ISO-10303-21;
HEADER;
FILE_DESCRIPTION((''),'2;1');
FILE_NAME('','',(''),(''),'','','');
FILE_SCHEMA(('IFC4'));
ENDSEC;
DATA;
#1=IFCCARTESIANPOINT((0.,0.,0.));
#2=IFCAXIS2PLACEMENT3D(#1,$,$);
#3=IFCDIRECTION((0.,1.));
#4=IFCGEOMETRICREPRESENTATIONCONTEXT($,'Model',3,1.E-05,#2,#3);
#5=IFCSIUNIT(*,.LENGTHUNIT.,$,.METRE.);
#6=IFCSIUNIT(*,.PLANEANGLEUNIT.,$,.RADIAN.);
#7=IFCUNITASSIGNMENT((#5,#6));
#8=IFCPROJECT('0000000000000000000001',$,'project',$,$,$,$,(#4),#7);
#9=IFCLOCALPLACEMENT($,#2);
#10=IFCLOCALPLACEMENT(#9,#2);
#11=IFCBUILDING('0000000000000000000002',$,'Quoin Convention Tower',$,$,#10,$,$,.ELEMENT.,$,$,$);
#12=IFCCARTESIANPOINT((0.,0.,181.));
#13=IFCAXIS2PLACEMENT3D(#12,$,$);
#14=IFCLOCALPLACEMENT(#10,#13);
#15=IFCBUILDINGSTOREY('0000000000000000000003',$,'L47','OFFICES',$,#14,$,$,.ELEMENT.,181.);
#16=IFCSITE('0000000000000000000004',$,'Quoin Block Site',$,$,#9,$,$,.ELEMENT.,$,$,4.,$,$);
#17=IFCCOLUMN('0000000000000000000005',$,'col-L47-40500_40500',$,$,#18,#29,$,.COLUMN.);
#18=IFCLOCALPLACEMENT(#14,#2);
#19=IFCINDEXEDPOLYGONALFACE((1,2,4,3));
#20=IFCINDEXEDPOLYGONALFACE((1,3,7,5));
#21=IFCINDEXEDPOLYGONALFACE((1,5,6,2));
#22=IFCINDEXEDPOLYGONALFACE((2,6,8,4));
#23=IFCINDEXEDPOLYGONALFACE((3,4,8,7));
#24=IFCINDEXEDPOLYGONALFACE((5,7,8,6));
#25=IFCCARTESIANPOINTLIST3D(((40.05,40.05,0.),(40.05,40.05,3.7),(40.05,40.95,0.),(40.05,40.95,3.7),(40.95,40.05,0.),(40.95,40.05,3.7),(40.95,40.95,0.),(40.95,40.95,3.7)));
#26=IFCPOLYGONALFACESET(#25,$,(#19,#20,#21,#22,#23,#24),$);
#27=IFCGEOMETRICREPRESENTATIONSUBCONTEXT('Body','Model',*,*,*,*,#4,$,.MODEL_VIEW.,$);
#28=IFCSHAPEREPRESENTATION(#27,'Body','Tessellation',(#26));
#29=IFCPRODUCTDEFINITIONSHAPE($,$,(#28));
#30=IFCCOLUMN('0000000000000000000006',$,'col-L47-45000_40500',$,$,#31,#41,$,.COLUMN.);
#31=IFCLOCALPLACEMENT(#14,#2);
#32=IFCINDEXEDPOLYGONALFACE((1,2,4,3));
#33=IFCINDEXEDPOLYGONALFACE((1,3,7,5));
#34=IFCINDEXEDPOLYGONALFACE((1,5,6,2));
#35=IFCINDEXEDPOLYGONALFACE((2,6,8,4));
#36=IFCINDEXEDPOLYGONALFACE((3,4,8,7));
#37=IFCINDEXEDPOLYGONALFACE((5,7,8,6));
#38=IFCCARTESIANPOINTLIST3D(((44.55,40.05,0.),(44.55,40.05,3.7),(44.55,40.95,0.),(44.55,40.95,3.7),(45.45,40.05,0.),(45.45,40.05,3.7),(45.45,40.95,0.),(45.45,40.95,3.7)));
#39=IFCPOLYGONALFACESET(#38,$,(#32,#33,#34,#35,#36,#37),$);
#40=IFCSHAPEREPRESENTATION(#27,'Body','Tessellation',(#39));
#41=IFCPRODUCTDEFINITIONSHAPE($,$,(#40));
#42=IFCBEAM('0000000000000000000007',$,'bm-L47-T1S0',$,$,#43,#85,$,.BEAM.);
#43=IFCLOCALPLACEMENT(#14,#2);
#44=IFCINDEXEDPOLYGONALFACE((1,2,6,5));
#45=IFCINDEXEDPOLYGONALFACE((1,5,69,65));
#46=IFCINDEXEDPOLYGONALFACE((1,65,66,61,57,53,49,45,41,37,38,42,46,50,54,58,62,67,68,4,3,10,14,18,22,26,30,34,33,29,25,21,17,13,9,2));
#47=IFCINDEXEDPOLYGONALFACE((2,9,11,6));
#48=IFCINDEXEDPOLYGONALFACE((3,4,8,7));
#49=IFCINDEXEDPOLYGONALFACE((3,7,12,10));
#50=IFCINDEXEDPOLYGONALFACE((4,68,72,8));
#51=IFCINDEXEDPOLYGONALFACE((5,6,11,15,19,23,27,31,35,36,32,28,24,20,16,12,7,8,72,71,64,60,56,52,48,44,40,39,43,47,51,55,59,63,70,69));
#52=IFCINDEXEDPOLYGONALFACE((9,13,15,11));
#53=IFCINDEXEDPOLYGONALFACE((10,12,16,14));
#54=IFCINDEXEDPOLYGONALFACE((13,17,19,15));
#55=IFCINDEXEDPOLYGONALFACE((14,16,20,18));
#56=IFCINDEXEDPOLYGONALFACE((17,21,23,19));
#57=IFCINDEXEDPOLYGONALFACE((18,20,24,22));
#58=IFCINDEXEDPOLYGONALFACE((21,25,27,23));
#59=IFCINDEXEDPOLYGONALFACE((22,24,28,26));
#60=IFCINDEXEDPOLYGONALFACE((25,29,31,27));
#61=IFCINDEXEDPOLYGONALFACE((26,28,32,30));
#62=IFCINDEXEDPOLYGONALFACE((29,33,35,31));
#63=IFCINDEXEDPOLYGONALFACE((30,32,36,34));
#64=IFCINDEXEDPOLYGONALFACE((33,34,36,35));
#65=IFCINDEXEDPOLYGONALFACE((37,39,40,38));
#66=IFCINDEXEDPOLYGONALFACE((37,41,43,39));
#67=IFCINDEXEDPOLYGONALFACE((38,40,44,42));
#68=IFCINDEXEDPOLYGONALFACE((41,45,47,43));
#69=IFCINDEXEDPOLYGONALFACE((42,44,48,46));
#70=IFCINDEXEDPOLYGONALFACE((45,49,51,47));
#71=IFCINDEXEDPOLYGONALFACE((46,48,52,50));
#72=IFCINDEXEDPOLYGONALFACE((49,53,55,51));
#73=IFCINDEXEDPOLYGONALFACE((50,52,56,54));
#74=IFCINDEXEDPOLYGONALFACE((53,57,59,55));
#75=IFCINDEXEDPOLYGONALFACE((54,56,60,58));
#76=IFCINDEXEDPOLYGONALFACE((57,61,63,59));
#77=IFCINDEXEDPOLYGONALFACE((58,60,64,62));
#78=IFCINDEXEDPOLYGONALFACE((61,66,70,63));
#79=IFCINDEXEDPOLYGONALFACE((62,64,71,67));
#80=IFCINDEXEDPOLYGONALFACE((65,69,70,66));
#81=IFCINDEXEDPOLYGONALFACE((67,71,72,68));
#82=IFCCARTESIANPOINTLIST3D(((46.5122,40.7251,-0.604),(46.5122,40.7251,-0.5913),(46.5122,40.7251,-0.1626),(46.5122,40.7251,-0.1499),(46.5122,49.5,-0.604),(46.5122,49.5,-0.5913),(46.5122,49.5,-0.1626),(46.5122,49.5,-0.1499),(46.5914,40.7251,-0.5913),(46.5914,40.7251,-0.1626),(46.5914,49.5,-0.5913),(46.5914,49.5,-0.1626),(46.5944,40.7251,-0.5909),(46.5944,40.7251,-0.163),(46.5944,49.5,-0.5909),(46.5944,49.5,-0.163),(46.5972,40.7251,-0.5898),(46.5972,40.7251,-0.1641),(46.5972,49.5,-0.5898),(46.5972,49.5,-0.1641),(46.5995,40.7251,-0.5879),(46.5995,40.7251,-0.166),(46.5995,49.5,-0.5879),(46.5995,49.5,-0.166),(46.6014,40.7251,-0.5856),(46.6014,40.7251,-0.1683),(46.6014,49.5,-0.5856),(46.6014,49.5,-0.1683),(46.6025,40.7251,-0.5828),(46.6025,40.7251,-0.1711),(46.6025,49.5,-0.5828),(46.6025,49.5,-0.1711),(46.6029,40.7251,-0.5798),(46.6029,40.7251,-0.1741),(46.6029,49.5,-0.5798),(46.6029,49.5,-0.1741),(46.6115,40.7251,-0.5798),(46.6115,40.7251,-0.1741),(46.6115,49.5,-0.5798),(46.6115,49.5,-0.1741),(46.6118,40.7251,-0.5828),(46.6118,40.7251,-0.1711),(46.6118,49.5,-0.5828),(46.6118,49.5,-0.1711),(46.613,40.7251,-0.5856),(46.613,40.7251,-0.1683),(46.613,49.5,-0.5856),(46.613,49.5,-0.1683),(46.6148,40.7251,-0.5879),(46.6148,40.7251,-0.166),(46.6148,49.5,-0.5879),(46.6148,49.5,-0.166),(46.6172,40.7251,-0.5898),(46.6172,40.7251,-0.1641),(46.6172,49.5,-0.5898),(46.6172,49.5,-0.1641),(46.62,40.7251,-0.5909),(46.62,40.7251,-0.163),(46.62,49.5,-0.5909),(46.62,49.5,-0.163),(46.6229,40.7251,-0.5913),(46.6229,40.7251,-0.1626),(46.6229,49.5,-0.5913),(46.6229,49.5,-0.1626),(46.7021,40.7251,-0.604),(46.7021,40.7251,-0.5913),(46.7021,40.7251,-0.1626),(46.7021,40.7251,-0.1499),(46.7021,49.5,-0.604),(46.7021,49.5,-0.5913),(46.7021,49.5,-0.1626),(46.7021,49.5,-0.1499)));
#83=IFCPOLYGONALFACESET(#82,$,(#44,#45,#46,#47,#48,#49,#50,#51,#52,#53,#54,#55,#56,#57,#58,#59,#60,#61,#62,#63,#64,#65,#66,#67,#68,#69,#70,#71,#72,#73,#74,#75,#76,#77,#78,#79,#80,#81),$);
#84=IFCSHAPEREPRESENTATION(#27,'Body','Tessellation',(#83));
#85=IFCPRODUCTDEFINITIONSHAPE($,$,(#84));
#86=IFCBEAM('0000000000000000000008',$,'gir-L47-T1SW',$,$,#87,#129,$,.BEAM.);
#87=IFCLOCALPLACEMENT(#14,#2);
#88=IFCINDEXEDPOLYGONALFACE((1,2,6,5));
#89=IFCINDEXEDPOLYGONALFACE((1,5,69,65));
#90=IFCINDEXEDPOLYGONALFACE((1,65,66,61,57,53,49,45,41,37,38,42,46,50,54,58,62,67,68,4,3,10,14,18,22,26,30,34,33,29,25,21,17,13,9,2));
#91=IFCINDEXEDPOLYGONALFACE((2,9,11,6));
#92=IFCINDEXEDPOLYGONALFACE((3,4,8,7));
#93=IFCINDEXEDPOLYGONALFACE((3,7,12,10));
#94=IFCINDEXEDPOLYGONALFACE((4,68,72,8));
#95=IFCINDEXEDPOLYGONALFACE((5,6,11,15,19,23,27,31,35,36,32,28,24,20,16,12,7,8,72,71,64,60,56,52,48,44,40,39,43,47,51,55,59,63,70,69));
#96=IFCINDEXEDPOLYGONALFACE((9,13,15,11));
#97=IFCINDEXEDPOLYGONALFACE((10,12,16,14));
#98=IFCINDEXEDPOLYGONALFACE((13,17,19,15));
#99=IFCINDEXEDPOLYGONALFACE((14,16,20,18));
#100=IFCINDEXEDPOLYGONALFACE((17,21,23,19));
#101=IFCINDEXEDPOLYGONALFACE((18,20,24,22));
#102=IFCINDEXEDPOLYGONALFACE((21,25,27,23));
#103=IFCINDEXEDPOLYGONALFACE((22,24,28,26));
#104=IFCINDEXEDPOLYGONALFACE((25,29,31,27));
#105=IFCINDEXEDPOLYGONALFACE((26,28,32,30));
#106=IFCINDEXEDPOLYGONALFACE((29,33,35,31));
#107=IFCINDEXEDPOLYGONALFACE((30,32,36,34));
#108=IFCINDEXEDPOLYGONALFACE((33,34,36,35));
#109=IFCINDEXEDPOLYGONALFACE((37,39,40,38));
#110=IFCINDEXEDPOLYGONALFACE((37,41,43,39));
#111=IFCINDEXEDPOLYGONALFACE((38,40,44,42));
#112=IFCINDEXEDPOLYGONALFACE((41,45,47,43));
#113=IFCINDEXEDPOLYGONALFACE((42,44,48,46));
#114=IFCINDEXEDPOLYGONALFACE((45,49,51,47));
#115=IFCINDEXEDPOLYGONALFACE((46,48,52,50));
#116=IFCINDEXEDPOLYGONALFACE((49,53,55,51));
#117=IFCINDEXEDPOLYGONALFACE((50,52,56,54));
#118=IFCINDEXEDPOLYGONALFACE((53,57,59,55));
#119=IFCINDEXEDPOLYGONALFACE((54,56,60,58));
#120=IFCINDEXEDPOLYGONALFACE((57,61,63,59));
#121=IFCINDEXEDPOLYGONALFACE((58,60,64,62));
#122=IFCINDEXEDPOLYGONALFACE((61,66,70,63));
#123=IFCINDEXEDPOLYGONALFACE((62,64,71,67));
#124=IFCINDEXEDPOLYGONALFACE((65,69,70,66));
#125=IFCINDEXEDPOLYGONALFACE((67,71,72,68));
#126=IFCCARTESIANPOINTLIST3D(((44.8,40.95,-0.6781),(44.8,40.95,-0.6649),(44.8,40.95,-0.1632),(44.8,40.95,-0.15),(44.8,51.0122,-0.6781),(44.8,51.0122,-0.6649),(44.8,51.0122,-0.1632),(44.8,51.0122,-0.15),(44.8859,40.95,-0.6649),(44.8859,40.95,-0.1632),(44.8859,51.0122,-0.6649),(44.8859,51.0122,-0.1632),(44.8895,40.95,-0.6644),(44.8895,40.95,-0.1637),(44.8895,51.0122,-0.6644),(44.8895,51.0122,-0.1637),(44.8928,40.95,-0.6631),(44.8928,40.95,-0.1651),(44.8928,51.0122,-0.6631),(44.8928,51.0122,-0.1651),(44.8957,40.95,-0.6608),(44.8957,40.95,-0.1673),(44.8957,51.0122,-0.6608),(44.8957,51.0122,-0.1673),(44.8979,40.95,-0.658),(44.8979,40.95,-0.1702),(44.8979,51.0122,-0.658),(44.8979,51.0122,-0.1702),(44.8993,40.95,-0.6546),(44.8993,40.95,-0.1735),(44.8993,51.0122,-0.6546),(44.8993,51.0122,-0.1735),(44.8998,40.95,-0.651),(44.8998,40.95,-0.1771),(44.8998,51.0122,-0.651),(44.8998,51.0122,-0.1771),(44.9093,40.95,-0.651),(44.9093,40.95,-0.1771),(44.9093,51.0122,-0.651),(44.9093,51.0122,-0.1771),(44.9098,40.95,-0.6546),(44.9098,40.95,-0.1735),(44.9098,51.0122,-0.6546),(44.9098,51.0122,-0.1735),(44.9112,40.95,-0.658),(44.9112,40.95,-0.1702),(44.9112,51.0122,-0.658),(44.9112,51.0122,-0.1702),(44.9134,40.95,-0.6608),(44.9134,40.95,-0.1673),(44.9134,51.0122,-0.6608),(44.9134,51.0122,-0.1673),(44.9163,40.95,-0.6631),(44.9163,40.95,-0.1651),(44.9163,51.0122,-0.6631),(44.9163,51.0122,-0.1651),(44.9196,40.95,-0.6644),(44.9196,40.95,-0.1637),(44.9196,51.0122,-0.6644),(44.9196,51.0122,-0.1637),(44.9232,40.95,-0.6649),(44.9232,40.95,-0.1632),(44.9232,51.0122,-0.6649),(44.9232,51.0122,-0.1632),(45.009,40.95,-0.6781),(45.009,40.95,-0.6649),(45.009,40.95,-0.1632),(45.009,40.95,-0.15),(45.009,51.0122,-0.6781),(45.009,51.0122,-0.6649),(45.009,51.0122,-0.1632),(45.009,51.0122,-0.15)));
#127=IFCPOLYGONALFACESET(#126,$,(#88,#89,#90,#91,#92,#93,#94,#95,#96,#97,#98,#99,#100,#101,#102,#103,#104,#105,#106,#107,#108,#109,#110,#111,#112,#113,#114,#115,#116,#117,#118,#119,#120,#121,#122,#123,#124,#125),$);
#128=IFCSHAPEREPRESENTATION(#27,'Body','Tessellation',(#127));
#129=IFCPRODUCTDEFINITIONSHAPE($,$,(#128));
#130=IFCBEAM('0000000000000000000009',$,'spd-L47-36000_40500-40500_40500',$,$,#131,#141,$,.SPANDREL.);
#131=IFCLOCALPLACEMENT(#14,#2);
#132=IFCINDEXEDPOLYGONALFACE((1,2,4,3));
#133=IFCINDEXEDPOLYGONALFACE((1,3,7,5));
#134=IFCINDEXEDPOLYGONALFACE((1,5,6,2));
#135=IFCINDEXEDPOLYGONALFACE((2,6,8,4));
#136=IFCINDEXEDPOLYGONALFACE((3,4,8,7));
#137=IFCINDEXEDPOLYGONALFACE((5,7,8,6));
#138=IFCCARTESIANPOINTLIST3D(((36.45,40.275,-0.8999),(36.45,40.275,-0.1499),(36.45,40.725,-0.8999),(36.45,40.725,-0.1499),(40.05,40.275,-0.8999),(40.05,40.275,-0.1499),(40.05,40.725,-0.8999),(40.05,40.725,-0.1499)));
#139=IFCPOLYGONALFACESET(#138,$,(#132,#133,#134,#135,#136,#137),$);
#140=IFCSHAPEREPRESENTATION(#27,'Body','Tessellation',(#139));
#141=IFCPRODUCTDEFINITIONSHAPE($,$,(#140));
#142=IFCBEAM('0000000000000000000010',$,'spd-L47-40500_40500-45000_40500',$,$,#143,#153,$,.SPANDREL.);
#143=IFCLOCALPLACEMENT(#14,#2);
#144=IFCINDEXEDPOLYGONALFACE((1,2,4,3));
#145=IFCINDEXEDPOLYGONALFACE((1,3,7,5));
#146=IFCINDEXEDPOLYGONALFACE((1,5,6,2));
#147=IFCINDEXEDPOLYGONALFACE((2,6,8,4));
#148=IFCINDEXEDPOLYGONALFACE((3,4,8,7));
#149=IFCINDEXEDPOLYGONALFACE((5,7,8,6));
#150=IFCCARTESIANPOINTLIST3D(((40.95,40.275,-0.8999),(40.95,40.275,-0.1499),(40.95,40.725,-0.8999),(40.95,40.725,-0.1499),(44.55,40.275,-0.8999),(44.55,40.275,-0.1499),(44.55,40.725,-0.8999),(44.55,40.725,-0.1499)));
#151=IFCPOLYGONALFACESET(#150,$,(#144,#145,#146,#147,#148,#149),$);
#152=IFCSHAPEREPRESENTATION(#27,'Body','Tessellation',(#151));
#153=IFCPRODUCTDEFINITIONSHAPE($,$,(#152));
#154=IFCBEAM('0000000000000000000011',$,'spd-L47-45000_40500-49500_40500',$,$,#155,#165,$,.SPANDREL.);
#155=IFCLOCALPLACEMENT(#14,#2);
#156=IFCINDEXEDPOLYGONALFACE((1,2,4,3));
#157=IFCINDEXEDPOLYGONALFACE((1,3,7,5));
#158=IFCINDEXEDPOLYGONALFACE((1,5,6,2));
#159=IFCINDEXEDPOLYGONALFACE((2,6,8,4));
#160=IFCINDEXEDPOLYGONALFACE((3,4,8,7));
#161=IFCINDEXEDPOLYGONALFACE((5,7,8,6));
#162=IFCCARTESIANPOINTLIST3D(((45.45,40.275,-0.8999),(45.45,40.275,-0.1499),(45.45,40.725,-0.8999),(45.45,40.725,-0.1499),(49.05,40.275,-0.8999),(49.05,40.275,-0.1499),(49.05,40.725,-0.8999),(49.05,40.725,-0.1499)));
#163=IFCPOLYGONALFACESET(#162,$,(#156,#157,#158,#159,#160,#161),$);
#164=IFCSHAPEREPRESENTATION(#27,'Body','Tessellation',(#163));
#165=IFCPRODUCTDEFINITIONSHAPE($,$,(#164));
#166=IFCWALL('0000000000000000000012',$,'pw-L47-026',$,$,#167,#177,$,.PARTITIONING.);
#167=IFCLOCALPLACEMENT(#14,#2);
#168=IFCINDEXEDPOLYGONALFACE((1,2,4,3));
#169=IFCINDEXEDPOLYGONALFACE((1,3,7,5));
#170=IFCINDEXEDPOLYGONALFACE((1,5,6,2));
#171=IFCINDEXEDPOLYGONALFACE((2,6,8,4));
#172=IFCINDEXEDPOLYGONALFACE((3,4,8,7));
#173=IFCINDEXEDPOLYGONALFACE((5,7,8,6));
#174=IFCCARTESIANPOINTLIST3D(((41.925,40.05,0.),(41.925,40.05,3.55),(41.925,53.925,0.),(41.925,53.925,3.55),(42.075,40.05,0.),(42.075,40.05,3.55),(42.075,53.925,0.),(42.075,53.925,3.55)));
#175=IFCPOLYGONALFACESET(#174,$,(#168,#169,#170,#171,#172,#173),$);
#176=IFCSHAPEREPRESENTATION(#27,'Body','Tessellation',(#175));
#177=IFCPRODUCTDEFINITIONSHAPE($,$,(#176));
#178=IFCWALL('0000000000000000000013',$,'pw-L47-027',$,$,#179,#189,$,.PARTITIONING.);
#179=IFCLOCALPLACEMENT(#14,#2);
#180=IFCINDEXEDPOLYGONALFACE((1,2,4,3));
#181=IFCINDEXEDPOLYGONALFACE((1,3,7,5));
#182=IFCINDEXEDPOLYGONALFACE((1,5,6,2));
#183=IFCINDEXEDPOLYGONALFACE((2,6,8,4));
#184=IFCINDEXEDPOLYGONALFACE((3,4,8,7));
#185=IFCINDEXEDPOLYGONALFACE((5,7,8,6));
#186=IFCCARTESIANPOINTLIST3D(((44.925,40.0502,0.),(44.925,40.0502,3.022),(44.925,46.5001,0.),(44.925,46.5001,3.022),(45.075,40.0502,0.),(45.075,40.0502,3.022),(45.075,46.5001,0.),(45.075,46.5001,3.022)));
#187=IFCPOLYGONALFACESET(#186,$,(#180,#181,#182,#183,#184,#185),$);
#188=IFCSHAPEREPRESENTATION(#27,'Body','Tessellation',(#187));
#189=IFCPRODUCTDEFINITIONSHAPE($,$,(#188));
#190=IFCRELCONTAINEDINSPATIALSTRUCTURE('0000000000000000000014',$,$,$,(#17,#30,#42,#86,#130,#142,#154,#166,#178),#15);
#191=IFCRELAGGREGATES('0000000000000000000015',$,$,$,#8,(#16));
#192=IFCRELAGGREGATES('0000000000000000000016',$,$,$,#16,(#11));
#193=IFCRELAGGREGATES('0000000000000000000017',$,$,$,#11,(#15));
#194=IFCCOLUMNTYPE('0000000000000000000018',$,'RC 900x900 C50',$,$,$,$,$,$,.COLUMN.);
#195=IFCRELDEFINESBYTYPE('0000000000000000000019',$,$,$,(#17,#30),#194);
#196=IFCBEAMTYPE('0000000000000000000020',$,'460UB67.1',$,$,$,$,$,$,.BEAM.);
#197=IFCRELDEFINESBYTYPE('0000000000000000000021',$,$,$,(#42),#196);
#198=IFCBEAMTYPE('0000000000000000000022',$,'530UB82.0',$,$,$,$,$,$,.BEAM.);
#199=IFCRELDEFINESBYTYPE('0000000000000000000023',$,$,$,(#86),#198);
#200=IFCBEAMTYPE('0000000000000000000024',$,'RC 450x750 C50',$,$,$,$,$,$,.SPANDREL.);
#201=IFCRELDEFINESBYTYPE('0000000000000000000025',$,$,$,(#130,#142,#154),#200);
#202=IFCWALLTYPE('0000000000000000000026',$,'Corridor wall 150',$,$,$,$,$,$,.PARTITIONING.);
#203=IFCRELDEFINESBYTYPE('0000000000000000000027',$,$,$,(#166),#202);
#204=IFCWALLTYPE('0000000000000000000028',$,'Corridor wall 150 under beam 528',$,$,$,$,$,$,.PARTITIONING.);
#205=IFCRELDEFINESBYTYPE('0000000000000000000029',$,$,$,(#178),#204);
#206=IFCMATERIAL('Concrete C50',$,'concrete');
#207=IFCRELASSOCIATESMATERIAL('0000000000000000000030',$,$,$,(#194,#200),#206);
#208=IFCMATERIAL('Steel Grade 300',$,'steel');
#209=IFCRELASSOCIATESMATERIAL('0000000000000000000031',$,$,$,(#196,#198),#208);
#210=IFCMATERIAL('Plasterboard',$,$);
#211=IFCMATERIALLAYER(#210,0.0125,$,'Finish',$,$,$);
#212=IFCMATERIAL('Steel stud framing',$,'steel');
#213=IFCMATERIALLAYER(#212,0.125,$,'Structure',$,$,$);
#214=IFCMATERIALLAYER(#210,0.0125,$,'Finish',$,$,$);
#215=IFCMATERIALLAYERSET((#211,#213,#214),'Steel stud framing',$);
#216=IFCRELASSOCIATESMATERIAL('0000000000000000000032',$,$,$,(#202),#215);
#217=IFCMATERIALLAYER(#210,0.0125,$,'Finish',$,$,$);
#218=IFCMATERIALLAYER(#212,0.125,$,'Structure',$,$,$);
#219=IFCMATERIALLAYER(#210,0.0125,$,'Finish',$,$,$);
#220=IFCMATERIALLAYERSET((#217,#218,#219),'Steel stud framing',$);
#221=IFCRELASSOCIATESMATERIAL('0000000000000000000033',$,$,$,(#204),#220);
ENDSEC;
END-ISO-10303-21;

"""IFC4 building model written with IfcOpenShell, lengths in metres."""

from ifc_helpers import new_model, si_unit, direction, frame, frame_2d, origin, origin_2d, place, context, subcontext, project, spatial, rectangle, i_section, extrude, material, layer, layer_set, material_profile, profile_set, type_object, element, save


model = new_model("IFC4")

# Units and contexts
model_context = context("Model", 3, precision=1e-05, world=origin(), true_north=direction((0.0, 1.0)))
body_context = subcontext(model_context, "Body", "Model", "MODEL_VIEW")
ifc_project = project(units=[si_unit("LENGTHUNIT", "METRE"), si_unit("PLANEANGLEUNIT", "RADIAN")], contexts=[model_context])

# Site, building, storey
site_placement = place(None, origin())
site = spatial("IfcSite", under=ifc_project, at=site_placement, Name="Quoin Block Site", CompositionType="ELEMENT", RefElevation=4.0)
building_placement = place(site_placement, origin())
building = spatial("IfcBuilding", under=site, at=building_placement, Name="Quoin Convention Tower", CompositionType="ELEMENT")
storey_placement = place(building_placement, frame((0.0, 0.0, 181.0)))
storey = spatial("IfcBuildingStorey", under=building, at=storey_placement, Name="L47", Description="OFFICES", CompositionType="ELEMENT", Elevation=181.0)

# Columns
ifc_material_1 = material(Name="Concrete C50", Category="concrete")
ifc_material_profile_1 = material_profile(ifc_material_1, rectangle(XDim=0.8999, YDim=0.8999, at=origin_2d()), Name="RC 900x900")
ifc_profile_set_1 = profile_set([ifc_material_profile_1], Name="Concrete C50")
column_type = type_object("IfcColumnType", Name="RC 900x900 C50", PredefinedType="COLUMN", material=ifc_profile_set_1)
for number, where, z_axis, x_axis, name in (
    (1, (40.5, 40.5, 0.0), (0.0, 0.0, 1.0), (1.0, 0.0, 0.0), "col-L47-40500_40500"),
    (2, (45.0, 40.5, 0.0), (0.0, 0.0, 1.0), (1.0, 0.0, 0.0), "col-L47-45000_40500"),
):
    element("IfcColumn", number, at=place(storey_placement, frame(where, z_axis=z_axis, x_axis=x_axis)), inside=storey, type_object=column_type, Name=name, PredefinedType="COLUMN", context=body_context, shape_type="SweptSolid", body=[
        extrude(rectangle(XDim=0.8999, YDim=0.8999, at=origin_2d()), origin(), (0.0, 0.0, 1.0), 3.7),
    ])

# Beams
ifc_material_2 = material(Name="Steel Grade 300", Category="steel")
ifc_material_profile_2 = material_profile(ifc_material_2, i_section(OverallWidth=0.1899, OverallDepth=0.4541, WebThickness=0.0085, FlangeThickness=0.0127, FilletRadius=0.0115, at=origin_2d()), Name="460UB67.1")
ifc_profile_set_2 = profile_set([ifc_material_profile_2], Name="Steel Grade 300")
beam_type_1 = type_object("IfcBeamType", Name="460UB67.1", PredefinedType="BEAM", material=ifc_profile_set_2)
beam_1_placement = place(storey_placement, frame((46.6072, 40.7251, -0.377), z_axis=(0.0, 1.0, 0.0), x_axis=(-1.0, 0.0, 0.0)))
element("IfcBeam", 3, at=beam_1_placement, inside=storey, type_object=beam_type_1, Name="bm-L47-T1S0", PredefinedType="BEAM", context=body_context, shape_type="SweptSolid", body=[
    extrude(i_section(OverallWidth=0.1899, OverallDepth=0.4541, WebThickness=0.0085, FlangeThickness=0.0127, FilletRadius=0.0115, at=origin_2d()), origin(), (0.0, 0.0, 1.0), 8.7749),
])
ifc_material_profile_3 = material_profile(ifc_material_2, i_section(OverallWidth=0.209, OverallDepth=0.5281, WebThickness=0.0095, FlangeThickness=0.0132, FilletRadius=0.0139, at=origin_2d()), Name="530UB82.0")
ifc_profile_set_3 = profile_set([ifc_material_profile_3], Name="Steel Grade 300")
beam_type_2 = type_object("IfcBeamType", Name="530UB82.0", PredefinedType="BEAM", material=ifc_profile_set_3)
beam_2_placement = place(storey_placement, frame((44.9045, 40.95, -0.4141), z_axis=(0.0, 1.0, 0.0), x_axis=(-1.0, 0.0, 0.0)))
element("IfcBeam", 4, at=beam_2_placement, inside=storey, type_object=beam_type_2, Name="gir-L47-T1SW", PredefinedType="BEAM", context=body_context, shape_type="SweptSolid", body=[
    extrude(i_section(OverallWidth=0.209, OverallDepth=0.5281, WebThickness=0.0095, FlangeThickness=0.0132, FilletRadius=0.0139, at=origin_2d()), origin(), (0.0, 0.0, 1.0), 10.0623),
])
ifc_material_profile_4 = material_profile(ifc_material_1, rectangle(XDim=0.45, YDim=0.75, at=origin_2d()), Name="RC 450x750")
ifc_profile_set_4 = profile_set([ifc_material_profile_4], Name="Concrete C50")
beam_type_3 = type_object("IfcBeamType", Name="RC 450x750 C50", PredefinedType="SPANDREL", material=ifc_profile_set_4)
for number, where, z_axis, x_axis, name in (
    (5, (36.45, 40.5, -0.5249), (1.0, 0.0, 0.0), (0.0, 1.0, 0.0), "spd-L47-36000_40500-40500_40500"),
    (6, (40.95, 40.5, -0.5249), (1.0, 0.0, 0.0), (0.0, 1.0, 0.0), "spd-L47-40500_40500-45000_40500"),
    (7, (45.45, 40.5, -0.5249), (1.0, 0.0, 0.0), (0.0, 1.0, 0.0), "spd-L47-45000_40500-49500_40500"),
):
    element("IfcBeam", number, at=place(storey_placement, frame(where, z_axis=z_axis, x_axis=x_axis)), inside=storey, type_object=beam_type_3, Name=name, PredefinedType="SPANDREL", context=body_context, shape_type="SweptSolid", body=[
        extrude(rectangle(XDim=0.45, YDim=0.75, at=origin_2d()), origin(), (0.0, 0.0, 1.0), 3.6001),
    ])

# Walls
ifc_material_3 = material(Name="Plasterboard")
ifc_layer_1 = layer(ifc_material_3, 0.0125, Name="Finish")
ifc_material_4 = material(Name="Steel stud framing", Category="steel")
ifc_layer_2 = layer(ifc_material_4, 0.125, Name="Structure")
ifc_layer_3 = layer(ifc_material_3, 0.0125, Name="Finish")
ifc_layer_set_1 = layer_set([ifc_layer_1, ifc_layer_2, ifc_layer_3], Name="Steel stud framing")
wall_type_1 = type_object("IfcWallType", Name="Corridor wall 150", PredefinedType="PARTITIONING", material=ifc_layer_set_1)
wall_1_placement = place(storey_placement, frame((42.0, 40.05, 0.0), z_axis=(0.0, 0.0, 1.0), x_axis=(0.0, 1.0, 0.0)))
element("IfcWall", 8, at=wall_1_placement, inside=storey, type_object=wall_type_1, Name="pw-L47-026", PredefinedType="PARTITIONING", context=body_context, shape_type="SweptSolid", body=[
    extrude(rectangle(XDim=13.875, YDim=0.1499, at=frame_2d((6.9375, 0.0))), origin(), (0.0, 0.0, 1.0), 3.55),
])
ifc_layer_4 = layer(ifc_material_3, 0.0125, Name="Finish")
ifc_layer_5 = layer(ifc_material_4, 0.125, Name="Structure")
ifc_layer_6 = layer(ifc_material_3, 0.0125, Name="Finish")
ifc_layer_set_2 = layer_set([ifc_layer_4, ifc_layer_5, ifc_layer_6], Name="Steel stud framing")
wall_type_2 = type_object("IfcWallType", Name="Corridor wall 150 under beam 528", PredefinedType="PARTITIONING", material=ifc_layer_set_2)
wall_2_placement = place(storey_placement, frame((45.0, 40.05, 0.0), z_axis=(0.0, 0.0, 1.0), x_axis=(0.0, 1.0, 0.0)))
element("IfcWall", 9, at=wall_2_placement, inside=storey, type_object=wall_type_2, Name="pw-L47-027", PredefinedType="PARTITIONING", context=body_context, shape_type="SweptSolid", body=[
    extrude(rectangle(XDim=6.45, YDim=0.1499, at=frame_2d((3.2251, 0.0))), origin(), (0.0, 0.0, 1.0), 3.022),
])

save(model, "model.ifc")
